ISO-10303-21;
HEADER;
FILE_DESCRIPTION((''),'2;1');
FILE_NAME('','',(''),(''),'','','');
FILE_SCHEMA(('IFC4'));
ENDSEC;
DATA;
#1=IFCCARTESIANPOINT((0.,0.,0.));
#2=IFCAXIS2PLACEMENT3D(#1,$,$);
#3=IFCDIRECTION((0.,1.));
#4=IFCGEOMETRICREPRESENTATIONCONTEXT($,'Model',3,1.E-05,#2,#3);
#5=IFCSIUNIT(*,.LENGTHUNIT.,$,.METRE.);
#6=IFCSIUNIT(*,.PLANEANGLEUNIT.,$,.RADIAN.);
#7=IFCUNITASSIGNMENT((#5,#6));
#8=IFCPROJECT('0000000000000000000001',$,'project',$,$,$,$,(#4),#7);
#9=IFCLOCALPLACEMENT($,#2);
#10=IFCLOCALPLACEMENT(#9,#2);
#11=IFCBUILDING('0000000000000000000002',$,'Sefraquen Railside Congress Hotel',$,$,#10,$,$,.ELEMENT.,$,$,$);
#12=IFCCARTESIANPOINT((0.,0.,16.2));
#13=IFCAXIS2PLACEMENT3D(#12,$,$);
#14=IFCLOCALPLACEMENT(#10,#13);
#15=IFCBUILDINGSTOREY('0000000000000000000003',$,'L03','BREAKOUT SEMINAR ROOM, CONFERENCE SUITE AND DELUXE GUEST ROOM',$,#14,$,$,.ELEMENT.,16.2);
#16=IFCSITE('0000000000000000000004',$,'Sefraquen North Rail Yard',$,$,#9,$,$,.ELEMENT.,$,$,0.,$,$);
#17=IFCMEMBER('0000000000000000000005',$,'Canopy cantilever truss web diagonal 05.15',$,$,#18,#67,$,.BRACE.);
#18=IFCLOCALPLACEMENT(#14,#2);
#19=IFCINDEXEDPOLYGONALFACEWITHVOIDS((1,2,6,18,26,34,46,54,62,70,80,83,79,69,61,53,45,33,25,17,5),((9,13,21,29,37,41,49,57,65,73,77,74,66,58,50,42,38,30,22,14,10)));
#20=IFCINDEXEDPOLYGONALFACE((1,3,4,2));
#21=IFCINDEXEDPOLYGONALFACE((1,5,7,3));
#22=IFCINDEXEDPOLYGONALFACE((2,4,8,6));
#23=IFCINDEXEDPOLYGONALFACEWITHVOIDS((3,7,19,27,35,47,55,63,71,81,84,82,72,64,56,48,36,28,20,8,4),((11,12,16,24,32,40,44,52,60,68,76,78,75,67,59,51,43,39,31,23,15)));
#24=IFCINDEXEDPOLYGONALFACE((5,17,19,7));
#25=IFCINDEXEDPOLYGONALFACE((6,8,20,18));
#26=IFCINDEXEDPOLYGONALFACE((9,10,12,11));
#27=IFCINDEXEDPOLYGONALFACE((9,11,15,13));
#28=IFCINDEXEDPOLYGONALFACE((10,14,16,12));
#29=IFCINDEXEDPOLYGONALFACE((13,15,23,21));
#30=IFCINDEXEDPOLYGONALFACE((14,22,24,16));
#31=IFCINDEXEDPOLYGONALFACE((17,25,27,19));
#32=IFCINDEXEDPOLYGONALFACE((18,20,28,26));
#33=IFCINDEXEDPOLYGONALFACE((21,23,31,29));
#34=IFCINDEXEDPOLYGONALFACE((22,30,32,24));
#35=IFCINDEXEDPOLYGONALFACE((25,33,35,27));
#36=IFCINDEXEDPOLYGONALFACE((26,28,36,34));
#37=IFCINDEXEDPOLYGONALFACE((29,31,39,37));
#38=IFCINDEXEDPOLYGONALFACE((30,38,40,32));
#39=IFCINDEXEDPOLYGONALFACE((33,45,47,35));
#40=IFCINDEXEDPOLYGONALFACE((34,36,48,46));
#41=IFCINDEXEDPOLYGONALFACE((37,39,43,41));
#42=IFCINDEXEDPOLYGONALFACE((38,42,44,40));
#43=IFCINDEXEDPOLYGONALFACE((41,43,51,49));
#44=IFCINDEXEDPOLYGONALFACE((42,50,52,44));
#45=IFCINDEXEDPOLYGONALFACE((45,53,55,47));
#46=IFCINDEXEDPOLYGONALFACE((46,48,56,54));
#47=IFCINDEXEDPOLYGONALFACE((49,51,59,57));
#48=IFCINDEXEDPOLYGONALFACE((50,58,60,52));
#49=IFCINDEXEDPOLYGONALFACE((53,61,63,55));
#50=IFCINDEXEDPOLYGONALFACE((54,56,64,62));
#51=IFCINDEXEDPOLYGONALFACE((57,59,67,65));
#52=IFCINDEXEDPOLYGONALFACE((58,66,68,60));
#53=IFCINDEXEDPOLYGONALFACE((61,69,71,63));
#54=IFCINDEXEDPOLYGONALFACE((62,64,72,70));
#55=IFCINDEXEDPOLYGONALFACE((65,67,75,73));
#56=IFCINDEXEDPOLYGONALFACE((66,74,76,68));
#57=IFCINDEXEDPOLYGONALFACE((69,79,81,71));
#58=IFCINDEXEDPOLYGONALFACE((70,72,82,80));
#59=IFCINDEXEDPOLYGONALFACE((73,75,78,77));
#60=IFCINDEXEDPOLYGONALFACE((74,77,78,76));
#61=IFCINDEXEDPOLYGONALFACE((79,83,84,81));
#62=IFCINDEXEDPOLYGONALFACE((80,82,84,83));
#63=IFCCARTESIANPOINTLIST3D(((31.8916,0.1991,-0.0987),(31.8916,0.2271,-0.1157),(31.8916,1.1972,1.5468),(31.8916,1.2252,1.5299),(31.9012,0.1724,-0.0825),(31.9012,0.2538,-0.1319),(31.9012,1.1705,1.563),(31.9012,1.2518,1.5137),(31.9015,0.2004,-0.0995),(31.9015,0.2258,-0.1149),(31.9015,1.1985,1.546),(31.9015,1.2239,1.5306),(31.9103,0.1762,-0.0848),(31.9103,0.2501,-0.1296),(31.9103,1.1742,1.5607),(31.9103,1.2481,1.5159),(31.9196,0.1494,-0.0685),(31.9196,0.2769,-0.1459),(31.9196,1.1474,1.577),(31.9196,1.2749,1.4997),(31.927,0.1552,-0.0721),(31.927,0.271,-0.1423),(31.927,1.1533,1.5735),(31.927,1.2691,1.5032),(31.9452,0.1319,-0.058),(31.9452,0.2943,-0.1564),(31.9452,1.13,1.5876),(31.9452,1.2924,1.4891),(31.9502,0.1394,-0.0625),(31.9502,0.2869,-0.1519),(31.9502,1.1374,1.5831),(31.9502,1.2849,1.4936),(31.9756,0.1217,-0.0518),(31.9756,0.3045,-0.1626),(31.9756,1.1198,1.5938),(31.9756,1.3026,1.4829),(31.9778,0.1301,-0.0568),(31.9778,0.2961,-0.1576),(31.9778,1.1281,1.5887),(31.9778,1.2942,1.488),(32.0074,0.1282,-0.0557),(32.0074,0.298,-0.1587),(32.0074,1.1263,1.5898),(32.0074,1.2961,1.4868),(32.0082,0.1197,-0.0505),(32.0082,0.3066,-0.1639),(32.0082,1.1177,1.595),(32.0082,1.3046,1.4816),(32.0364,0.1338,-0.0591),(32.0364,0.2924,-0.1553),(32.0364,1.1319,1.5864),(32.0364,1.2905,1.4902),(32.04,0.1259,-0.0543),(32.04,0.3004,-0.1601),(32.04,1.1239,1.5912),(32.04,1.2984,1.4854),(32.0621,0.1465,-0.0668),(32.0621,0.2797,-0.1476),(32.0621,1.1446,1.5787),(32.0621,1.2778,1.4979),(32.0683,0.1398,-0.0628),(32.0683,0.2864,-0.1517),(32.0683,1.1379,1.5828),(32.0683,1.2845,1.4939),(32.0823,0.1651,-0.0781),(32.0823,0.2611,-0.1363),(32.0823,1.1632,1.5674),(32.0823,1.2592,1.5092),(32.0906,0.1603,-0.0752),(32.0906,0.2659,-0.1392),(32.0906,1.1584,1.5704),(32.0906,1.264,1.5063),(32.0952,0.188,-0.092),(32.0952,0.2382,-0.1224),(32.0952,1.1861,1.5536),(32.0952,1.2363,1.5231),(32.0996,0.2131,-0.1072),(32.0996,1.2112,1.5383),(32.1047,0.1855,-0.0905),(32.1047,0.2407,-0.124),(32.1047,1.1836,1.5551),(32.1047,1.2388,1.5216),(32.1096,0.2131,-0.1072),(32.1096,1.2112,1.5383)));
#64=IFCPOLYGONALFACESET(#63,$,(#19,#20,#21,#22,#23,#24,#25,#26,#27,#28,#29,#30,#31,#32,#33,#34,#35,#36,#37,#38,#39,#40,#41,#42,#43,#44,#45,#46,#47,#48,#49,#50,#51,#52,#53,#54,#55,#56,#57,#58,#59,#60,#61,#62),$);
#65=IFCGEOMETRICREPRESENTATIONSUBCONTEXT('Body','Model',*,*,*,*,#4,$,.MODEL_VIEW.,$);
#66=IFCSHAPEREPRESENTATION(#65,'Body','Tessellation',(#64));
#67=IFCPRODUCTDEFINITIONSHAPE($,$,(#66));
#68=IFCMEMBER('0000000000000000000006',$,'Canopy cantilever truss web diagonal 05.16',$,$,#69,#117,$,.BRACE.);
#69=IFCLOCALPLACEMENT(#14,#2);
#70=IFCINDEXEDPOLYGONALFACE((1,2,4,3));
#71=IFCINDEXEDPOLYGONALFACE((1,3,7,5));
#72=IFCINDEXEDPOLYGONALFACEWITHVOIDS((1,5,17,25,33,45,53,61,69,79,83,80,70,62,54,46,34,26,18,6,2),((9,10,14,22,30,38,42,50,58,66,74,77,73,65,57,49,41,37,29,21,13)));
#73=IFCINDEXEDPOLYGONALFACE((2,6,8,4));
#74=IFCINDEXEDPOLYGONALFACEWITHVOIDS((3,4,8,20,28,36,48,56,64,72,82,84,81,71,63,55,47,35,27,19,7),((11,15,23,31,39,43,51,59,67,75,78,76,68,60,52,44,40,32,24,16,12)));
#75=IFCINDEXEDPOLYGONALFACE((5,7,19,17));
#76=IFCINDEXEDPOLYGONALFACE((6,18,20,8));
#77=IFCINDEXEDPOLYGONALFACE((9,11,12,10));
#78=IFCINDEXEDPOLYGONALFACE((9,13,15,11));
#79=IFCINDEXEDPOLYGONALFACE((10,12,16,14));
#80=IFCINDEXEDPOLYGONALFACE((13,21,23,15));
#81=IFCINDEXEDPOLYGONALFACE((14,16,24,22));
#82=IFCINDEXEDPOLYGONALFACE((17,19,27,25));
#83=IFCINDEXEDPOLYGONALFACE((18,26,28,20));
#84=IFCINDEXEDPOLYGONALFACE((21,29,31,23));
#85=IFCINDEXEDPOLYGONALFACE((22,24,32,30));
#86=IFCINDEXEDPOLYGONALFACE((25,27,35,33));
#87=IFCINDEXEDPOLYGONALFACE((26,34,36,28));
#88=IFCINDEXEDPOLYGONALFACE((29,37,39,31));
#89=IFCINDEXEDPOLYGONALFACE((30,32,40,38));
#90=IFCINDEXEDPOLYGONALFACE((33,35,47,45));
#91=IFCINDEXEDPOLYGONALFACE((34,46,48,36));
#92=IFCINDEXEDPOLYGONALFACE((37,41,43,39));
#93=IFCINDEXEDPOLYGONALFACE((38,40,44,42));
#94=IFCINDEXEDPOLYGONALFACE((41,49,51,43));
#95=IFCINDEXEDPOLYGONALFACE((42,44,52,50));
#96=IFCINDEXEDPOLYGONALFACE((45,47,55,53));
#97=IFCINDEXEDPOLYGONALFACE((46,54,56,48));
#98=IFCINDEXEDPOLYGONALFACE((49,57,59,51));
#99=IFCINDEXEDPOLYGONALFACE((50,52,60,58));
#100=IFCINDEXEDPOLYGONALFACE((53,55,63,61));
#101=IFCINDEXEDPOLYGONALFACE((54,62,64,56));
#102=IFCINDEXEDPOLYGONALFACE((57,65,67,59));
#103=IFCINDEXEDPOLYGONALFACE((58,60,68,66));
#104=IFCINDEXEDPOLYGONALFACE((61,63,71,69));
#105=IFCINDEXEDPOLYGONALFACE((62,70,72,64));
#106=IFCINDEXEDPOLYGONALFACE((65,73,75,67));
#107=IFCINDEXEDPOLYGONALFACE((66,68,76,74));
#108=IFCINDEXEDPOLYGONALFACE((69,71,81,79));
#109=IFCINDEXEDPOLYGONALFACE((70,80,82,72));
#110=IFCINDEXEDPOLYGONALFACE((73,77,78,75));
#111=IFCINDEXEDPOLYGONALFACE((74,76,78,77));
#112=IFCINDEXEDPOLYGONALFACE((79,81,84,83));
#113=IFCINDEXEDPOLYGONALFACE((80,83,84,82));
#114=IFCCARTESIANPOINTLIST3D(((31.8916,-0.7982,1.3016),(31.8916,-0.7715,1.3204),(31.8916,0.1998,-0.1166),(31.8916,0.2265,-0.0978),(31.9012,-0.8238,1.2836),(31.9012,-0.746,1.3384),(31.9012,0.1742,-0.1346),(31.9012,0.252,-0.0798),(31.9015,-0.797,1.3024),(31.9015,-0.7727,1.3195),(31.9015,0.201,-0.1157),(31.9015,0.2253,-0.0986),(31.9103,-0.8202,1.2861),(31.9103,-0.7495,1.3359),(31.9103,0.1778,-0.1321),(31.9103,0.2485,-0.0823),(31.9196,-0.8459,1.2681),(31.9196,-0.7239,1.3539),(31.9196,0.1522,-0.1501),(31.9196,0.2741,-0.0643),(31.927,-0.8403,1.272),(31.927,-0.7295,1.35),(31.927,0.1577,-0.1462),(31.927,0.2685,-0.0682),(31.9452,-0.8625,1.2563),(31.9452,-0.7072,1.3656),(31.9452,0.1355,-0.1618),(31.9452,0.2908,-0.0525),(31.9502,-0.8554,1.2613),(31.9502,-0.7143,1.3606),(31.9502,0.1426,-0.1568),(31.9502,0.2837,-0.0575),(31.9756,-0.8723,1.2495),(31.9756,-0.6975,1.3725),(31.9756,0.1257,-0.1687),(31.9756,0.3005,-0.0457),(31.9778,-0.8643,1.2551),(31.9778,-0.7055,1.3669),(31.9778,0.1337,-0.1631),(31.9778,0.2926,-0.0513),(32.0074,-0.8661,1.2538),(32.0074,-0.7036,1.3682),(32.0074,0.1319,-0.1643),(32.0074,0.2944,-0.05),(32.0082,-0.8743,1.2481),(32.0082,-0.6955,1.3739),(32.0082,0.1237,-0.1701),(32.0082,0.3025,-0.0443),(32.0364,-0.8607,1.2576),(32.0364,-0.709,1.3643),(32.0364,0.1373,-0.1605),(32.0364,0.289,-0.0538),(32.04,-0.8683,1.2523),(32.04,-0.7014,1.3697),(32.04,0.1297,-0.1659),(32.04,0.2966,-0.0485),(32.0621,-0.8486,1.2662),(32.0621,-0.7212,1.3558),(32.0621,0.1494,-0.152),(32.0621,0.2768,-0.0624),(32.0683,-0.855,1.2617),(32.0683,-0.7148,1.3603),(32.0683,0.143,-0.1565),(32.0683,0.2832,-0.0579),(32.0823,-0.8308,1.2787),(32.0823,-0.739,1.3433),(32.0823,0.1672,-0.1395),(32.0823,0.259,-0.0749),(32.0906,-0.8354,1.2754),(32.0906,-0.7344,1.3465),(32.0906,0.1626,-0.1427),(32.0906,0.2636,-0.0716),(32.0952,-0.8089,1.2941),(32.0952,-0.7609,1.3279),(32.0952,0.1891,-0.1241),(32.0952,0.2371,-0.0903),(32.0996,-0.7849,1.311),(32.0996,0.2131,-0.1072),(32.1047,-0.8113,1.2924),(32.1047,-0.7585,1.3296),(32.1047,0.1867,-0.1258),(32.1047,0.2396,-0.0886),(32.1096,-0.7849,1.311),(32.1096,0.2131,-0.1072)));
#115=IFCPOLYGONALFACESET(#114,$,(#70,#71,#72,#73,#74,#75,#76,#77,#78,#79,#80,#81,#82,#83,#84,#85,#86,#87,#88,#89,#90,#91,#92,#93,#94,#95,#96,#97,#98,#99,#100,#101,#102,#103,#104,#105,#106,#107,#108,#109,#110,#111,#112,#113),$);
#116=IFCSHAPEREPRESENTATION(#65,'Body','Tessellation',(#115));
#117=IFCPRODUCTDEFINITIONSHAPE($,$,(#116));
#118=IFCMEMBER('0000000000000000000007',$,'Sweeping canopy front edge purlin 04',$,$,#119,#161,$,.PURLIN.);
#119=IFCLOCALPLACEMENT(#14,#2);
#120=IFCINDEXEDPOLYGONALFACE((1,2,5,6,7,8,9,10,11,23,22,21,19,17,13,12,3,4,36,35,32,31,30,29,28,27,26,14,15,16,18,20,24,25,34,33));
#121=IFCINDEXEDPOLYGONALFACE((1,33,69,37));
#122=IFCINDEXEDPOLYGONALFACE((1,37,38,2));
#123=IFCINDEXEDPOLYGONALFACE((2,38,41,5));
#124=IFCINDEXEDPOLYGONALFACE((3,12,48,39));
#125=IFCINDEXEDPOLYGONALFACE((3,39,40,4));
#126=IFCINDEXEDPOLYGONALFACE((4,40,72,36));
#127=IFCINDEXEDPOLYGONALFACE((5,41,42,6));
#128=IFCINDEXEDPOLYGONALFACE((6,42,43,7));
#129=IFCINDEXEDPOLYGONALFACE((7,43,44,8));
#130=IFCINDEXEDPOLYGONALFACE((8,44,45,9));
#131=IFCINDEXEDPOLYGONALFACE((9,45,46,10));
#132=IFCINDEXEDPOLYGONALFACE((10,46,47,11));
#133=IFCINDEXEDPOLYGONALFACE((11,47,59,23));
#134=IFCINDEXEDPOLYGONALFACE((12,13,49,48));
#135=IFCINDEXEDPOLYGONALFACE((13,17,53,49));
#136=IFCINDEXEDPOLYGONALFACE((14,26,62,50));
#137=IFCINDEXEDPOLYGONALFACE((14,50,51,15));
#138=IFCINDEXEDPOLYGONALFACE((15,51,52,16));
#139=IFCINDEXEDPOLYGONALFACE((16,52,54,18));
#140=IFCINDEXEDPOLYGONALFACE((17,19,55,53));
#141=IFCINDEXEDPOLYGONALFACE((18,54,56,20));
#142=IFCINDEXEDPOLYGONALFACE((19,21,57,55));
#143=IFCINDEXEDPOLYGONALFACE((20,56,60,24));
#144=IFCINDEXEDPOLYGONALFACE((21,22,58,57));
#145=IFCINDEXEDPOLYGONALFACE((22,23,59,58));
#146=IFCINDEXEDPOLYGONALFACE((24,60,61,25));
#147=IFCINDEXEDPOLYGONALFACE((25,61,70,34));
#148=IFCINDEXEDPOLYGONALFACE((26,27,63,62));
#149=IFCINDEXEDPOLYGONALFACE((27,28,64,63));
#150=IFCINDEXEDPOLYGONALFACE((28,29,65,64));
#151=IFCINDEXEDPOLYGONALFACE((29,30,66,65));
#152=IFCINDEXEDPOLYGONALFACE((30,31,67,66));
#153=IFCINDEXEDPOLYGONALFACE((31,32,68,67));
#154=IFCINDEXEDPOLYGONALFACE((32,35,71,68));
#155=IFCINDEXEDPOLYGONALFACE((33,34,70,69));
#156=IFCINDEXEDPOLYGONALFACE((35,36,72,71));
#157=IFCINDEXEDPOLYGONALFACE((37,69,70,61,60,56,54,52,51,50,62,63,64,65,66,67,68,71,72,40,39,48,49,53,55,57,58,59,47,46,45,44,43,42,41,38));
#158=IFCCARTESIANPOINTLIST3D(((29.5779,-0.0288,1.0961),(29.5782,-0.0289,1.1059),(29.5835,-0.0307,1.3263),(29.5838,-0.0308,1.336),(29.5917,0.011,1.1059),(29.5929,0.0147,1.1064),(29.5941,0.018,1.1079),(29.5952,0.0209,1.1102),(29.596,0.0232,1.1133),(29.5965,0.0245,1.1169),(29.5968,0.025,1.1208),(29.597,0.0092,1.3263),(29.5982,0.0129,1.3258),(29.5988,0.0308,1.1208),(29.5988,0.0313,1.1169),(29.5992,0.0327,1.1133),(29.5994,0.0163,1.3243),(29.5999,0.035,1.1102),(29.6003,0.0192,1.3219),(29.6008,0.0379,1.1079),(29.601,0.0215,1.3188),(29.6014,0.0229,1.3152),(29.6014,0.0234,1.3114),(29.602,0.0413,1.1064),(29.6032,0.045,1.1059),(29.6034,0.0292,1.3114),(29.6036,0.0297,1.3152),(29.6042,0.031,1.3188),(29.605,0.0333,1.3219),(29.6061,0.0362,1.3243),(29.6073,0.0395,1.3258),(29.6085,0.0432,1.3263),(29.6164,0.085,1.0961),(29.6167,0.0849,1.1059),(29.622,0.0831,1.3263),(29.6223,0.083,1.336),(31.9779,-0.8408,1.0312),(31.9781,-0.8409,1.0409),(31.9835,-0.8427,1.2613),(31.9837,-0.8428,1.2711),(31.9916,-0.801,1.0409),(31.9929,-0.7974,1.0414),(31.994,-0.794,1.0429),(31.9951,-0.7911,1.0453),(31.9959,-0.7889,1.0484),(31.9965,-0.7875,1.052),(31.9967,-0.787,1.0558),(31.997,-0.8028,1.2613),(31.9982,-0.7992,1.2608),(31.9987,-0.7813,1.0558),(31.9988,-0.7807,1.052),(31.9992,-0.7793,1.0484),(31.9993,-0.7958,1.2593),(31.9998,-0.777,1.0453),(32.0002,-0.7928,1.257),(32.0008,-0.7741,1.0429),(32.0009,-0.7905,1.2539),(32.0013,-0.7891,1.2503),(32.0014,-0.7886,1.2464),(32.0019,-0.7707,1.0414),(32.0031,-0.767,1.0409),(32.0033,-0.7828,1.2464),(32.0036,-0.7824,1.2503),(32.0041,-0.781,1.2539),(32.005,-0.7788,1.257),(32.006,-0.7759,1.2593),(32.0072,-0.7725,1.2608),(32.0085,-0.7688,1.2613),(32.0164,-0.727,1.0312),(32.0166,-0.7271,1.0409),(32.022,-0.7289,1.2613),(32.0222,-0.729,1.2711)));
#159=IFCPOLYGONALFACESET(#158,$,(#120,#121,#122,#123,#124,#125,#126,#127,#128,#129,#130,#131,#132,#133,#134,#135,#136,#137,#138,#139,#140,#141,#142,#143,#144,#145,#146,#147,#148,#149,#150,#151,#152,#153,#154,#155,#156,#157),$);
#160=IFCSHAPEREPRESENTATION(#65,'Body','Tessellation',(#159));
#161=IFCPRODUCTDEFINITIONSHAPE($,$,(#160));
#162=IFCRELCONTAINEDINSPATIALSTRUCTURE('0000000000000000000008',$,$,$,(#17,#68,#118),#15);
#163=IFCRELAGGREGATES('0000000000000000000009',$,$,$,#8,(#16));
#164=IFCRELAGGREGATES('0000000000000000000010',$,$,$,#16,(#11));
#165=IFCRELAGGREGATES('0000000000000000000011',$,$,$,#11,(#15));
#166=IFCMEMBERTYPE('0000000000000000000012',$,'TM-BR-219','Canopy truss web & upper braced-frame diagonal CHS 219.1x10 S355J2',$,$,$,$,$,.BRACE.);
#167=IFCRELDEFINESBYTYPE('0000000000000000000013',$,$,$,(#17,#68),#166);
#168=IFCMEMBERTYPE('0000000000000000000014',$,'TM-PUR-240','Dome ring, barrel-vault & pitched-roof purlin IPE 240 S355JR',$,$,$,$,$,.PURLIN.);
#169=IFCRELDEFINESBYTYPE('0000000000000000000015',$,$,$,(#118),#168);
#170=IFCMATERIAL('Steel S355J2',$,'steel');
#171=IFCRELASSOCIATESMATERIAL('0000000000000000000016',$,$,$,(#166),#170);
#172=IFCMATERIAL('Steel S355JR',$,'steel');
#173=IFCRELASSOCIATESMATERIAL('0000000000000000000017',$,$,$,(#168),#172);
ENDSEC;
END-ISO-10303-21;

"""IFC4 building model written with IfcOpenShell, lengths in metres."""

from ifc_helpers import new_model, si_unit, direction, frame, origin, origin_2d, place, context, subcontext, project, spatial, hollow_circle, i_section, extrude, material, material_profile, profile_set, type_object, element, save


model = new_model("IFC4")

# Units and contexts
model_context = context("Model", 3, precision=1e-05, world=origin(), true_north=direction((0.0, 1.0)))
body_context = subcontext(model_context, "Body", "Model", "MODEL_VIEW")
ifc_project = project(units=[si_unit("LENGTHUNIT", "METRE"), si_unit("PLANEANGLEUNIT", "RADIAN")], contexts=[model_context])

# Site, building, storey
site_placement = place(None, origin())
site = spatial("IfcSite", under=ifc_project, at=site_placement, Name="Sefraquen North Rail Yard", CompositionType="ELEMENT", RefElevation=0.0)
building_placement = place(site_placement, origin())
building = spatial("IfcBuilding", under=site, at=building_placement, Name="Sefraquen Railside Congress Hotel", CompositionType="ELEMENT")
storey_placement = place(building_placement, frame((0.0, 0.0, 16.2)))
storey = spatial("IfcBuildingStorey", under=building, at=storey_placement, Name="L03", Description="BREAKOUT SEMINAR ROOM, CONFERENCE SUITE AND DELUXE GUEST ROOM", CompositionType="ELEMENT", Elevation=16.2)

# Members
ifc_material_1 = material(Name="Steel S355J2", Category="steel")
ifc_material_profile_1 = material_profile(ifc_material_1, hollow_circle(Radius=0.1096, WallThickness=0.01, at=origin_2d()), Name="CHS 219.1x10")
ifc_profile_set_1 = profile_set([ifc_material_profile_1], Name="Steel S355J2")
member_type_1 = type_object("IfcMemberType", Name="TM-BR-219", Description="Canopy truss web & upper braced-frame diagonal CHS 219.1x10 S355J2", PredefinedType="BRACE", material=ifc_profile_set_1)
member_1_placement = place(storey_placement, frame((32.0, 1.2112, 1.5383), z_axis=(0.0, -0.518594, -0.855021), x_axis=(1.0, 0.0, 0.0)))
element("IfcMember", 1, at=member_1_placement, inside=storey, type_object=member_type_1, Name="Canopy cantilever truss web diagonal 05.15", PredefinedType="BRACE", context=body_context, shape_type="SweptSolid", body=[
    extrude(hollow_circle(Radius=0.1096, WallThickness=0.01, at=origin_2d()), origin(), (0.0, 0.0, 1.0), 1.9246),
])
member_2_placement = place(storey_placement, frame((32.0, 0.2131, -0.1072), z_axis=(0.0, -0.575511, 0.817794), x_axis=(1.0, 0.0, 0.0)))
element("IfcMember", 2, at=member_2_placement, inside=storey, type_object=member_type_1, Name="Canopy cantilever truss web diagonal 05.16", PredefinedType="BRACE", context=body_context, shape_type="SweptSolid", body=[
    extrude(hollow_circle(Radius=0.1096, WallThickness=0.01, at=origin_2d()), origin(), (0.0, 0.0, 1.0), 1.7341),
])
ifc_material_2 = material(Name="Steel S355JR", Category="steel")
ifc_material_profile_2 = material_profile(ifc_material_2, i_section(OverallWidth=0.1201, OverallDepth=0.24, WebThickness=0.0061, FlangeThickness=0.0098, FilletRadius=0.0149, at=origin_2d()), Name="IPE 240")
ifc_profile_set_2 = profile_set([ifc_material_profile_2], Name="Steel S355JR")
member_type_2 = type_object("IfcMemberType", Name="TM-PUR-240", Description="Dome ring, barrel-vault & pitched-roof purlin IPE 240 S355JR", PredefinedType="PURLIN", material=ifc_profile_set_2)
member_3_placement = place(storey_placement, frame((29.6001, 0.0271, 1.2161), z_axis=(0.946936, -0.320398, -0.025624), x_axis=(0.320503, 0.947247, 0.0)))
element("IfcMember", 3, at=member_3_placement, inside=storey, type_object=member_type_2, Name="Sweeping canopy front edge purlin 04", PredefinedType="PURLIN", context=body_context, shape_type="SweptSolid", body=[
    extrude(i_section(OverallWidth=0.1201, OverallDepth=0.24, WebThickness=0.0061, FlangeThickness=0.0098, FilletRadius=0.0149, at=origin_2d()), origin(), (0.0, 0.0, 1.0), 2.5344),
])

save(model, "model.ifc")
